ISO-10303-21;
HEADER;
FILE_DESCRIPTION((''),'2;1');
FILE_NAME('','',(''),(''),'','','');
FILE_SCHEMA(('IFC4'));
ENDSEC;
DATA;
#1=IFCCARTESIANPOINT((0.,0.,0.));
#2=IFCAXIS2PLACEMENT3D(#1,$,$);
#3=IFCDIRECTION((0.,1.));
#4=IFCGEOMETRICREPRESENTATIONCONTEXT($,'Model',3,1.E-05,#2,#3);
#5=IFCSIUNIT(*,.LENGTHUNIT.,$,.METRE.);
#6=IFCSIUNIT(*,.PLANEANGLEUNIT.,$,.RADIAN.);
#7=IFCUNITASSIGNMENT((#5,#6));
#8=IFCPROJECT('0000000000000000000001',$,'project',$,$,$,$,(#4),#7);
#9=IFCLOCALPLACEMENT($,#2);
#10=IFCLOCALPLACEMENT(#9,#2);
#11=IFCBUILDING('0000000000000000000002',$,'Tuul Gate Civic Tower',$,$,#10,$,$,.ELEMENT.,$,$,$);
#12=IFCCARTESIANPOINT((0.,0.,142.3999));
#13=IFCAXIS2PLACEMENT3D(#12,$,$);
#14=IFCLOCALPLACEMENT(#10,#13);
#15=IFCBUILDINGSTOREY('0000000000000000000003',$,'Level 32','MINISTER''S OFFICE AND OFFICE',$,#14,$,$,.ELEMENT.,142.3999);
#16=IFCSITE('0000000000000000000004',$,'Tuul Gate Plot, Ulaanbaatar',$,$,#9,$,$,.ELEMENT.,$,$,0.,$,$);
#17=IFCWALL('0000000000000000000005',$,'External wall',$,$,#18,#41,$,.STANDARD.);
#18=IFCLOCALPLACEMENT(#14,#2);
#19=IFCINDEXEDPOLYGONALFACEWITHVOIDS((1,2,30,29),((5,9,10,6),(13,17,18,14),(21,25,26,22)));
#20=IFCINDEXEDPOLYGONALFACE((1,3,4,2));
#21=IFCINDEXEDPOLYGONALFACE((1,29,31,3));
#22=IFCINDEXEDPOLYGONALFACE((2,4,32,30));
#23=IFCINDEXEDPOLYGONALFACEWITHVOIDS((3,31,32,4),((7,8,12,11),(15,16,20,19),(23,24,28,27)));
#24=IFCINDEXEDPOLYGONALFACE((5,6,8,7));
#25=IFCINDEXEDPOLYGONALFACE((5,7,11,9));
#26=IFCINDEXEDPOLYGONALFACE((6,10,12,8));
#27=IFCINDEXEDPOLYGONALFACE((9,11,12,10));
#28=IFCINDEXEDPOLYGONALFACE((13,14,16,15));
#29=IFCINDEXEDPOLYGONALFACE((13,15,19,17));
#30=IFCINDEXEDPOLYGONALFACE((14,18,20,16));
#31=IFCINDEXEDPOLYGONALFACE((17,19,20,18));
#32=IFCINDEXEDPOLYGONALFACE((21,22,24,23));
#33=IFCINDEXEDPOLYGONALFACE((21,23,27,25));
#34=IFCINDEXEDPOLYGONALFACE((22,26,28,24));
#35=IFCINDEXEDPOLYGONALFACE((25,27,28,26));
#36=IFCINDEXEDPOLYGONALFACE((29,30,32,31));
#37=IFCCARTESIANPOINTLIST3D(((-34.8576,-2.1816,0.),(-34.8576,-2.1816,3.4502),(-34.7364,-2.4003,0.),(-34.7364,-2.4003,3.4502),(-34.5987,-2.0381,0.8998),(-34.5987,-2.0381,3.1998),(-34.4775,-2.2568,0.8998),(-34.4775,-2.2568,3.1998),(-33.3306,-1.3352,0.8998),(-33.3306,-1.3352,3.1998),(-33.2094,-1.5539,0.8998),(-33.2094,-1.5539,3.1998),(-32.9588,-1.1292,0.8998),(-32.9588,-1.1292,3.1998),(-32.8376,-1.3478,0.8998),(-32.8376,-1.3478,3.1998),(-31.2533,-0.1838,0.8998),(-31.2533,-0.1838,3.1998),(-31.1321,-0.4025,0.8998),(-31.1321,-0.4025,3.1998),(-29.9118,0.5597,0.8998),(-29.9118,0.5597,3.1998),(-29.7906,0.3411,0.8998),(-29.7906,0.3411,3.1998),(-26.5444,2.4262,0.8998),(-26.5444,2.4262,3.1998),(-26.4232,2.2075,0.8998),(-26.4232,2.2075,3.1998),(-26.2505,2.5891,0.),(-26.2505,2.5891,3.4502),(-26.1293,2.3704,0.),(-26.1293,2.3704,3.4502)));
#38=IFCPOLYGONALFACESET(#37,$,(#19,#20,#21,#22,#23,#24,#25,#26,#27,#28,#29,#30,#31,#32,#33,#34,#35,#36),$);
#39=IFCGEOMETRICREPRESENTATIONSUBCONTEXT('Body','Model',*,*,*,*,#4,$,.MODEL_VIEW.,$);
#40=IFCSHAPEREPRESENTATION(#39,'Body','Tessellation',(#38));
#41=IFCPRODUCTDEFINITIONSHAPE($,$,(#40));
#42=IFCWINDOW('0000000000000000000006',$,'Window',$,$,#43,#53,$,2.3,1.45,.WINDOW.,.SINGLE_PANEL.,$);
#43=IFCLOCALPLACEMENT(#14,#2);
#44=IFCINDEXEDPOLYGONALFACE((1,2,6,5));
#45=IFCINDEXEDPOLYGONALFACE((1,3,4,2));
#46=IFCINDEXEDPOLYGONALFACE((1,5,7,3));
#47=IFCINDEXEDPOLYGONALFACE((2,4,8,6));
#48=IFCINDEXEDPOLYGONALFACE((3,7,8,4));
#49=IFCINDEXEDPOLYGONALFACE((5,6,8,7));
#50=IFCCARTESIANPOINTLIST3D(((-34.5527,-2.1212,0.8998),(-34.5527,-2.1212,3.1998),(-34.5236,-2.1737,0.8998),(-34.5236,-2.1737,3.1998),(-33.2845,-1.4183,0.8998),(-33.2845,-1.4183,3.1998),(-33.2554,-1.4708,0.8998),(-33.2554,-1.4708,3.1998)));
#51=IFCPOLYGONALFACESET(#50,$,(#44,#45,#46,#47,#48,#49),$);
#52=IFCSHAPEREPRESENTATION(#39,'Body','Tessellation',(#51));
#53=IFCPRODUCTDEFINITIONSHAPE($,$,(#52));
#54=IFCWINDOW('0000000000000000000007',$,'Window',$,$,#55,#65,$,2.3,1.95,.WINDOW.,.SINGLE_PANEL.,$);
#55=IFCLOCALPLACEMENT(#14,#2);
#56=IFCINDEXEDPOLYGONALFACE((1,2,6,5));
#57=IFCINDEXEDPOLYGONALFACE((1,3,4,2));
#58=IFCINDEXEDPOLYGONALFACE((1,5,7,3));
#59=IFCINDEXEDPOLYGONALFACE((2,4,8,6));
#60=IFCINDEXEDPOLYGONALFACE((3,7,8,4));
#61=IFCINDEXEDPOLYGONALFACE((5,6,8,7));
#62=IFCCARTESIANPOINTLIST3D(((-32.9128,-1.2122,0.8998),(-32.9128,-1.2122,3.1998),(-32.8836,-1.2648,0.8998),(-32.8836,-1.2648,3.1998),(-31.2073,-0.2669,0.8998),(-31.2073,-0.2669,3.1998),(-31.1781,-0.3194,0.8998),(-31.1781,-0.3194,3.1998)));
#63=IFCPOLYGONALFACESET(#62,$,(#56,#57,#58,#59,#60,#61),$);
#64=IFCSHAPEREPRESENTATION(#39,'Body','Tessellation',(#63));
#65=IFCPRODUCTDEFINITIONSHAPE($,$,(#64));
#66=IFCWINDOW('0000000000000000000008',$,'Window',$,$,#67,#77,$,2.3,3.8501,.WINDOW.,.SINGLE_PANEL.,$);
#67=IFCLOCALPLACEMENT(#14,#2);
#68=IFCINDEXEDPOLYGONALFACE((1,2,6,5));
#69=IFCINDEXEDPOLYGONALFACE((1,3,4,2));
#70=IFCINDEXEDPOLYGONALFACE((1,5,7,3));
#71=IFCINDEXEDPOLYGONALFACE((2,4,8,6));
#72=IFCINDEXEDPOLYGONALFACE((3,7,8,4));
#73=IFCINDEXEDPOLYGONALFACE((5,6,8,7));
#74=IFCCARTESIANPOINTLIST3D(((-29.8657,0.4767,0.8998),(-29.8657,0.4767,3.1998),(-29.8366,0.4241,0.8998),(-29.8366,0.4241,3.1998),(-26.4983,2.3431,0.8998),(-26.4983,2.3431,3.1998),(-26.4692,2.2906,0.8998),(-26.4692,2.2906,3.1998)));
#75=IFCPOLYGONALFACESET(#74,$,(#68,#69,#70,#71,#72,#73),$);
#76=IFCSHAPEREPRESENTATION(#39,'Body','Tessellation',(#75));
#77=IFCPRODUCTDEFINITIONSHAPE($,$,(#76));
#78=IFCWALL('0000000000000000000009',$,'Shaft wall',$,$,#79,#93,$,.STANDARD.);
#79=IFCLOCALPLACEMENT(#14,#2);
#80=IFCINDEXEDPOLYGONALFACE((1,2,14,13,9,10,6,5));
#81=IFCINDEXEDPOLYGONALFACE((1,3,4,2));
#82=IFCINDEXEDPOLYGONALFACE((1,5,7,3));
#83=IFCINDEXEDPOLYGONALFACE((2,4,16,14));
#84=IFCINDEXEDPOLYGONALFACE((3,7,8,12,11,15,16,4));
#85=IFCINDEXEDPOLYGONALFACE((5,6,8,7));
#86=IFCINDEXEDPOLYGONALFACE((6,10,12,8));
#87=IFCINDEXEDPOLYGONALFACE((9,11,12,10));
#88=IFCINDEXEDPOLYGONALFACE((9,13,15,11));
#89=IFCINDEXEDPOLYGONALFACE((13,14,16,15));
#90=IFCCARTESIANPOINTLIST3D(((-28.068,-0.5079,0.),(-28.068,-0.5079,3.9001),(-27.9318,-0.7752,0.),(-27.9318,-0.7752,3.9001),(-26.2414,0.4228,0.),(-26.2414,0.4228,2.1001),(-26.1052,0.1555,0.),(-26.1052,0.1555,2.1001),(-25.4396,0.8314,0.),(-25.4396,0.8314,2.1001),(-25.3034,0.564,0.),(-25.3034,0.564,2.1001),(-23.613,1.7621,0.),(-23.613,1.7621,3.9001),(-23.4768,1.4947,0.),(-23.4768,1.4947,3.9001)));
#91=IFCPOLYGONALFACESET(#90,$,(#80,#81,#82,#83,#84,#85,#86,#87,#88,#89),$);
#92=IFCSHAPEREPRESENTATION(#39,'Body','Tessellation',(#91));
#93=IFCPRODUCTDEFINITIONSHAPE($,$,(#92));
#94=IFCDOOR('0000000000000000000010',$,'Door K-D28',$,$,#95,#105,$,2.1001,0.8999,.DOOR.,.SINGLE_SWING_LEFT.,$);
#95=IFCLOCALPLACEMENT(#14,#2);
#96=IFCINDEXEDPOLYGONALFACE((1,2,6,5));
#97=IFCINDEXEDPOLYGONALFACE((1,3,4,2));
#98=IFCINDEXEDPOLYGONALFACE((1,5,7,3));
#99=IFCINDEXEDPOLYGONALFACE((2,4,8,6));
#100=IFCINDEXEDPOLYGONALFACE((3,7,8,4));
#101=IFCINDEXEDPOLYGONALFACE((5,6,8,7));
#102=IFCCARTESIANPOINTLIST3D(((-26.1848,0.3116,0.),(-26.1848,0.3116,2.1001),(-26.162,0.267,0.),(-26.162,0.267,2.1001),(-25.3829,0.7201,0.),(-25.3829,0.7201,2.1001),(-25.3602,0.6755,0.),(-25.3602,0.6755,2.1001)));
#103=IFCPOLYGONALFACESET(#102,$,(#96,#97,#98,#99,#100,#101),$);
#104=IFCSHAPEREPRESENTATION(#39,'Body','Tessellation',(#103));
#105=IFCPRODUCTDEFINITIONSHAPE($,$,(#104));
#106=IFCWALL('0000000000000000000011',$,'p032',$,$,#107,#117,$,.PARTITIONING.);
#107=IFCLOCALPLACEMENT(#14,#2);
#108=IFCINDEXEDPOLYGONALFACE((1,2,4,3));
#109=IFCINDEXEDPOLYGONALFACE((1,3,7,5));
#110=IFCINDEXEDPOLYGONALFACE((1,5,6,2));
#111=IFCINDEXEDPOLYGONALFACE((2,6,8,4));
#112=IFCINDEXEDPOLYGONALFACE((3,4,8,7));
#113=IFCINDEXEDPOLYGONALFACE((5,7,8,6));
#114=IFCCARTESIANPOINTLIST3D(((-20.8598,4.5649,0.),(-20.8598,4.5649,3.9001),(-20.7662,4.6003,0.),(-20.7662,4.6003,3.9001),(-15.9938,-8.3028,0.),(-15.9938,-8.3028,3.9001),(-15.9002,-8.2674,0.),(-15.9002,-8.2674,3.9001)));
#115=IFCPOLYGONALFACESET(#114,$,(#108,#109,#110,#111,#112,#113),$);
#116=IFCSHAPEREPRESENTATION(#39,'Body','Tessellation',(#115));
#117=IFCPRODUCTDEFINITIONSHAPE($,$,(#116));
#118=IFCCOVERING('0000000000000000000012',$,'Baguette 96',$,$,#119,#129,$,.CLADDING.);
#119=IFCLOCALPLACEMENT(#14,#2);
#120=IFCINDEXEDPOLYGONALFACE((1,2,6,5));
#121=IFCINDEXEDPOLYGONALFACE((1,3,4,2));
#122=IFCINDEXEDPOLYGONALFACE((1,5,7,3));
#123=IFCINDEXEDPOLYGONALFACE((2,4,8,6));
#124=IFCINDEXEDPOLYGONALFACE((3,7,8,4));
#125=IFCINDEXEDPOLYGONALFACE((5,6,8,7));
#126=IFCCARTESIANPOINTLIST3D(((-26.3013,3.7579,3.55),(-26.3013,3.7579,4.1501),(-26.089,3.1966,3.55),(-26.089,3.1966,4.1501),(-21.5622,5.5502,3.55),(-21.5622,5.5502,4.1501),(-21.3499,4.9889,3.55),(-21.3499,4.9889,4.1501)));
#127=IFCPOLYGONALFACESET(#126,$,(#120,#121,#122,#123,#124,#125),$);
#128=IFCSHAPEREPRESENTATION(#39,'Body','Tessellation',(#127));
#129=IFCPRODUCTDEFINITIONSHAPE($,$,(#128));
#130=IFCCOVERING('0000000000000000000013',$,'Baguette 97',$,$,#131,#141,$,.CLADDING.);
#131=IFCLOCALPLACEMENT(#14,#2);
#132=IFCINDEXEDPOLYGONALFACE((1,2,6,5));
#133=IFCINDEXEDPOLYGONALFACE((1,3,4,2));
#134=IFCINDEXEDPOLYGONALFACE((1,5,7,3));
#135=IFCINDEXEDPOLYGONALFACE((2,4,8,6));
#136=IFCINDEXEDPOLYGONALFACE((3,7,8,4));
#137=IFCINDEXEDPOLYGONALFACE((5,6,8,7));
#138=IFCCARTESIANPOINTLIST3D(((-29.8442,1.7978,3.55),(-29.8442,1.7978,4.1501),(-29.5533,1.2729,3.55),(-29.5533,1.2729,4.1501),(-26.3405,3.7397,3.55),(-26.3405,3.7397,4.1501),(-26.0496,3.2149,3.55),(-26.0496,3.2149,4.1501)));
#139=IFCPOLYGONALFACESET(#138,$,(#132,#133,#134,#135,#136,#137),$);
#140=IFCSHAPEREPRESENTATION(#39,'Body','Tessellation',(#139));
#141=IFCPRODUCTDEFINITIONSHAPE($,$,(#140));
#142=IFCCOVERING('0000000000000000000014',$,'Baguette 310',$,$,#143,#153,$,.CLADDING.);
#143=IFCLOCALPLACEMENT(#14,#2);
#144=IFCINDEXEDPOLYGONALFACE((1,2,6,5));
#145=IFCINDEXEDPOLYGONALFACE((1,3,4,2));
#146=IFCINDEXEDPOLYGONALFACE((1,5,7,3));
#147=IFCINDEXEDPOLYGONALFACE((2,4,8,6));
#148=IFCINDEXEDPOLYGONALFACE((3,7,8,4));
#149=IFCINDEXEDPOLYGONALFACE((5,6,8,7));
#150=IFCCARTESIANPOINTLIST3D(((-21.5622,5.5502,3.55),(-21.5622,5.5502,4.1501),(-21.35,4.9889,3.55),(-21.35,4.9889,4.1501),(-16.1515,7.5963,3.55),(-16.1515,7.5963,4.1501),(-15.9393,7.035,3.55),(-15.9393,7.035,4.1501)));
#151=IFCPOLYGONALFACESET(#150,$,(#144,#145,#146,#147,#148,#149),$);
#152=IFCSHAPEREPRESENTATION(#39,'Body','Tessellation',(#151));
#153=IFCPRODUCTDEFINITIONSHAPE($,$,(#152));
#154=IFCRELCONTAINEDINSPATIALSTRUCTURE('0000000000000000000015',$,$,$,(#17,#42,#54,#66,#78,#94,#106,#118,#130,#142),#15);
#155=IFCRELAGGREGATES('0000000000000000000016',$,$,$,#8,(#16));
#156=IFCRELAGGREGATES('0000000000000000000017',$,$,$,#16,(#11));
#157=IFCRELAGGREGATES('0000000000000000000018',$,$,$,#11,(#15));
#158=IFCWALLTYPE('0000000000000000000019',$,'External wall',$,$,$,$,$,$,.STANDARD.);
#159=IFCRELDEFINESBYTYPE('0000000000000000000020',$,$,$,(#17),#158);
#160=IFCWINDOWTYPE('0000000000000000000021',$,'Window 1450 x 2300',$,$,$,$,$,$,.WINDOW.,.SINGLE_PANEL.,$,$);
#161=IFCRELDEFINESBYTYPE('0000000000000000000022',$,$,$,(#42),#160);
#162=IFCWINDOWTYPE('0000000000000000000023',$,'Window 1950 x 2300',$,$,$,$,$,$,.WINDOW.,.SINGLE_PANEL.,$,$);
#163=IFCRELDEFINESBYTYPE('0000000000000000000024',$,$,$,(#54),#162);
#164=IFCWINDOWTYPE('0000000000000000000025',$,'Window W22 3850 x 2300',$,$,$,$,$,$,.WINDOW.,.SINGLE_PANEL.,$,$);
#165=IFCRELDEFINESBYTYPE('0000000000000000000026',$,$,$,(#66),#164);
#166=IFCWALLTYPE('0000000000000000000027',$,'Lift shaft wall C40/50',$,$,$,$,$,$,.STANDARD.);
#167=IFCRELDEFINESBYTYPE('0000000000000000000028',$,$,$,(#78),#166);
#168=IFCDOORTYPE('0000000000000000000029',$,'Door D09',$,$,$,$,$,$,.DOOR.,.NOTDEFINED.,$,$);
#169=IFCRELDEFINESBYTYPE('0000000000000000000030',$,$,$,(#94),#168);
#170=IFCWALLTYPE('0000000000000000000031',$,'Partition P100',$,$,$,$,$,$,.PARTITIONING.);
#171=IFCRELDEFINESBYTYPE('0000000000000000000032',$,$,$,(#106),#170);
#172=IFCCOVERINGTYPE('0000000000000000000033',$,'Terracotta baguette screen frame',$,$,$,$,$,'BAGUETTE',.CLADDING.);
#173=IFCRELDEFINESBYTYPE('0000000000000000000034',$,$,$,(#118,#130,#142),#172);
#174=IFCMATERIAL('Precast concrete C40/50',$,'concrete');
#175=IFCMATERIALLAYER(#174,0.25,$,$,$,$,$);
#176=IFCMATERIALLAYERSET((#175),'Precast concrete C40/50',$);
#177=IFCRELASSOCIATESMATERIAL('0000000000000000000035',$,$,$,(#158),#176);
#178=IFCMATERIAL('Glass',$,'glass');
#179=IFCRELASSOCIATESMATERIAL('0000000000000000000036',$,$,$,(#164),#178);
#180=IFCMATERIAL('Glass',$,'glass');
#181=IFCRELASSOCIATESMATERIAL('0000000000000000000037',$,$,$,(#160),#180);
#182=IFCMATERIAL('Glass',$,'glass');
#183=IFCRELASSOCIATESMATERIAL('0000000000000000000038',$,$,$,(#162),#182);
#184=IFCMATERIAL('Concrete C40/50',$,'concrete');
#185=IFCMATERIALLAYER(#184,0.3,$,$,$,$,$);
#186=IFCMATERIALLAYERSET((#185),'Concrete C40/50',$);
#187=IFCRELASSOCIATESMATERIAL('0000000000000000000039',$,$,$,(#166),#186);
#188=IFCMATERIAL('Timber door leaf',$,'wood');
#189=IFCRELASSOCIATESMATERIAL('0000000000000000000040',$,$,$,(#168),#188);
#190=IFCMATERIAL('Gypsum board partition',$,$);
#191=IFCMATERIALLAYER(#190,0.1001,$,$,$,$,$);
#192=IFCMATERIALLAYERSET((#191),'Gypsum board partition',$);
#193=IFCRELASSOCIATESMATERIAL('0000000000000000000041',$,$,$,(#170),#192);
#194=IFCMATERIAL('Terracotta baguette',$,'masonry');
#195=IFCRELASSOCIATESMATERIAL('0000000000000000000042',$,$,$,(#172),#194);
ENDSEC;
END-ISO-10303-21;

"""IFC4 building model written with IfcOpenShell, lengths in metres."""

from ifc_helpers import new_model, si_unit, direction, frame, frame_2d, origin, origin_2d, place, context, subcontext, project, spatial, rectangle, extrude, material, layer, layer_set, material_profile, profile_set, type_object, element, fill, save


model = new_model("IFC4")

# Units and contexts
model_context = context("Model", 3, precision=1e-05, world=origin(), true_north=direction((0.0, 1.0)))
body_context = subcontext(model_context, "Body", "Model", "MODEL_VIEW")
ifc_project = project(units=[si_unit("LENGTHUNIT", "METRE"), si_unit("PLANEANGLEUNIT", "RADIAN")], contexts=[model_context])

# Site, building, storey
site_placement = place(None, origin())
site = spatial("IfcSite", under=ifc_project, at=site_placement, Name="Tuul Gate Plot, Ulaanbaatar", CompositionType="ELEMENT", RefElevation=0.0)
building_placement = place(site_placement, origin())
building = spatial("IfcBuilding", under=site, at=building_placement, Name="Tuul Gate Civic Tower", CompositionType="ELEMENT")
storey_placement = place(building_placement, frame((0.0, 0.0, 142.3999)))
storey = spatial("IfcBuildingStorey", under=building, at=storey_placement, Name="Level 32", Description="MINISTER'S OFFICE AND OFFICE", CompositionType="ELEMENT", Elevation=142.3999)

# Wall, openings, windows
ifc_material_1 = material(Name="Precast concrete C40/50", Category="concrete")
ifc_layer_1 = layer(ifc_material_1, 0.25)
ifc_layer_set_1 = layer_set([ifc_layer_1], Name="Precast concrete C40/50")
wall_type_1 = type_object("IfcWallType", Name="External wall", PredefinedType="STANDARD", material=ifc_layer_set_1)
ifc_material_2 = material(Name="Glass", Category="glass")
window_type_1 = type_object("IfcWindowType", Name="Window W22 3850 x 2300", PartitioningType="SINGLE_PANEL", PredefinedType="WINDOW", material=ifc_material_2)
wall_1_placement = place(storey_placement, frame((-26.1899, 2.4797, 0.0), z_axis=(0.0, 0.0, 1.0), x_axis=(-0.874632, -0.484787, 0.0)))
wall_1 = element("IfcWall", 1, at=wall_1_placement, inside=storey, type_object=wall_type_1, Name="External wall", PredefinedType="STANDARD", context=body_context, shape_type="SweptSolid", body=[
    extrude(rectangle(XDim=9.8408, YDim=0.25, at=frame_2d((4.9204, 0.0))), origin(), (0.0, 0.0, 1.0), 3.4502),
])
opening_1_placement = place(wall_1_placement, frame((0.3359, 0.0, 0.8999)))
opening_1 = element("IfcOpeningElement", 2, at=opening_1_placement, cuts=wall_1, PredefinedType="OPENING", context=body_context, shape_type="SweptSolid", body=[
    extrude(rectangle(XDim=3.8501, YDim=2.3, at=frame_2d((1.925, 1.1499))), frame((0.0, 0.135, 0.0), z_axis=(0.0, -1.0, 0.0), x_axis=(1.0, 0.0, 0.0)), (0.0, 0.0, 1.0), 0.27),
])
opening_2_placement = place(wall_1_placement, frame((5.7197, 0.0, 0.8999)))
opening_2 = element("IfcOpeningElement", 3, at=opening_2_placement, cuts=wall_1, PredefinedType="OPENING", context=body_context, shape_type="SweptSolid", body=[
    extrude(rectangle(XDim=1.95, YDim=2.3, at=frame_2d((0.9751, 1.1499))), frame((0.0, 0.135, 0.0), z_axis=(0.0, -1.0, 0.0), x_axis=(1.0, 0.0, 0.0)), (0.0, 0.0, 1.0), 0.27),
])
opening_3_placement = place(wall_1_placement, frame((8.0947, 0.0, 0.8999)))
opening_3 = element("IfcOpeningElement", 4, at=opening_3_placement, cuts=wall_1, PredefinedType="OPENING", context=body_context, shape_type="SweptSolid", body=[
    extrude(rectangle(XDim=1.45, YDim=2.3, at=frame_2d((0.7251, 1.1499))), frame((0.0, 0.135, 0.0), z_axis=(0.0, -1.0, 0.0), x_axis=(1.0, 0.0, 0.0)), (0.0, 0.0, 1.0), 0.27),
])
ifc_material_3 = material(Name="Glass", Category="glass")
window_type_2 = type_object("IfcWindowType", Name="Window 1450 x 2300", PartitioningType="SINGLE_PANEL", PredefinedType="WINDOW", material=ifc_material_3)
window_1_placement = place(opening_3_placement, origin())
window_1 = element("IfcWindow", 5, at=window_1_placement, inside=storey, type_object=window_type_2, Name="Window", OverallHeight=2.3, OverallWidth=1.45, PartitioningType="SINGLE_PANEL", PredefinedType="WINDOW", context=body_context, shape_type="SweptSolid", body=[
    extrude(rectangle(XDim=1.45, YDim=2.3, at=frame_2d((0.7251, 1.1499))), frame((0.0, 0.03, 0.0), z_axis=(0.0, -1.0, 0.0), x_axis=(1.0, 0.0, 0.0)), (0.0, 0.0, 1.0), 0.0601),
])
fill(opening_3, window_1)
ifc_material_4 = material(Name="Glass", Category="glass")
window_type_3 = type_object("IfcWindowType", Name="Window 1950 x 2300", PartitioningType="SINGLE_PANEL", PredefinedType="WINDOW", material=ifc_material_4)
window_2_placement = place(opening_2_placement, origin())
window_2 = element("IfcWindow", 6, at=window_2_placement, inside=storey, type_object=window_type_3, Name="Window", OverallHeight=2.3, OverallWidth=1.95, PartitioningType="SINGLE_PANEL", PredefinedType="WINDOW", context=body_context, shape_type="SweptSolid", body=[
    extrude(rectangle(XDim=1.95, YDim=2.3, at=frame_2d((0.9751, 1.1499))), frame((0.0, 0.03, 0.0), z_axis=(0.0, -1.0, 0.0), x_axis=(1.0, 0.0, 0.0)), (0.0, 0.0, 1.0), 0.0601),
])
fill(opening_2, window_2)
window_3_placement = place(opening_1_placement, origin())
window_3 = element("IfcWindow", 7, at=window_3_placement, inside=storey, type_object=window_type_1, Name="Window", OverallHeight=2.3, OverallWidth=3.8501, PartitioningType="SINGLE_PANEL", PredefinedType="WINDOW", context=body_context, shape_type="SweptSolid", body=[
    extrude(rectangle(XDim=3.8501, YDim=2.3, at=frame_2d((1.925, 1.1499))), frame((0.0, 0.03, 0.0), z_axis=(0.0, -1.0, 0.0), x_axis=(1.0, 0.0, 0.0)), (0.0, 0.0, 1.0), 0.0601),
])
fill(opening_1, window_3)

# Wall, opening, door
ifc_material_5 = material(Name="Concrete C40/50", Category="concrete")
ifc_layer_2 = layer(ifc_material_5, 0.3)
ifc_layer_set_2 = layer_set([ifc_layer_2], Name="Concrete C40/50")
wall_type_2 = type_object("IfcWallType", Name="Lift shaft wall C40/50", PredefinedType="STANDARD", material=ifc_layer_set_2)
wall_2_placement = place(storey_placement, frame((-23.5449, 1.6284, 0.0), z_axis=(0.0, 0.0, 1.0), x_axis=(-0.891003, -0.453997, 0.0)))
wall_2 = element("IfcWall", 8, at=wall_2_placement, inside=storey, type_object=wall_type_2, Name="Shaft wall", PredefinedType="STANDARD", context=body_context, shape_type="SweptSolid", body=[
    extrude(rectangle(XDim=5.0, YDim=0.3, at=frame_2d((2.5, 0.0))), origin(), (0.0, 0.0, 1.0), 3.9001),
])
opening_4_placement = place(wall_2_placement, frame((2.05, 0.0, 0.0)))
opening_4 = element("IfcOpeningElement", 9, at=opening_4_placement, cuts=wall_2, PredefinedType="OPENING", context=body_context, shape_type="SweptSolid", body=[
    extrude(rectangle(XDim=0.8999, YDim=2.1001, at=frame_2d((0.45, 1.05))), frame((0.0, 0.1602, 0.0), z_axis=(0.0, -1.0, 0.0), x_axis=(1.0, 0.0, 0.0)), (0.0, 0.0, 1.0), 0.3201),
])
ifc_material_6 = material(Name="Timber door leaf", Category="wood")
door_type_1 = type_object("IfcDoorType", Name="Door D09", OperationType="NOTDEFINED", PredefinedType="DOOR", material=ifc_material_6)
door_1_placement = place(opening_4_placement, origin())
door_1 = element("IfcDoor", 10, at=door_1_placement, inside=storey, type_object=door_type_1, Name="Door K-D28", OperationType="SINGLE_SWING_LEFT", OverallHeight=2.1001, OverallWidth=0.8999, PredefinedType="DOOR", context=body_context, shape_type="SweptSolid", body=[
    extrude(rectangle(XDim=0.8999, YDim=2.1001, at=frame_2d((0.45, 1.05))), frame((0.0, 0.0249, 0.0), z_axis=(0.0, -1.0, 0.0), x_axis=(1.0, 0.0, 0.0)), (0.0, 0.0, 1.0), 0.05),
])
fill(opening_4, door_1)

# Wall
ifc_material_7 = material(Name="Gypsum board partition")
ifc_layer_3 = layer(ifc_material_7, 0.1001)
ifc_layer_set_3 = layer_set([ifc_layer_3], Name="Gypsum board partition")
wall_type_3 = type_object("IfcWallType", Name="Partition P100", PredefinedType="PARTITIONING", material=ifc_layer_set_3)
wall_3_placement = place(storey_placement, frame((-20.813, 4.5825, 0.0), z_axis=(0.0, 0.0, 1.0), x_axis=(0.353709, -0.935356, 0.0)))
element("IfcWall", 11, at=wall_3_placement, inside=storey, type_object=wall_type_3, Name="p032", PredefinedType="PARTITIONING", context=body_context, shape_type="SweptSolid", body=[
    extrude(rectangle(XDim=13.7571, YDim=0.1001, at=frame_2d((6.8784, 0.0))), origin(), (0.0, 0.0, 1.0), 3.9001),
])

# Coverings
ifc_material_8 = material(Name="Terracotta baguette", Category="masonry")
ifc_material_profile_1 = material_profile(ifc_material_8, rectangle(XDim=0.6001, YDim=0.6001, at=origin_2d()), Name="Terracotta baguette screen frame")
ifc_profile_set_1 = profile_set([ifc_material_profile_1], Name="Terracotta baguette")
covering_type = type_object("IfcCoveringType", Name="Terracotta baguette screen frame", ElementType="BAGUETTE", PredefinedType="CLADDING", material=ifc_profile_set_1)
covering_1_placement = place(storey_placement, frame((-21.4561, 5.2695, 3.8501), z_axis=(-0.935345, -0.353736, 0.0), x_axis=(0.353736, -0.935345, 0.0)))
element("IfcCovering", 12, at=covering_1_placement, inside=storey, type_object=covering_type, Name="Baguette 96", PredefinedType="CLADDING", context=body_context, shape_type="SweptSolid", body=[
    extrude(rectangle(XDim=0.6001, YDim=0.6001, at=origin_2d()), origin(), (0.0, 0.0, 1.0), 5.0667),
])
covering_2_placement = place(storey_placement, frame((-26.1951, 3.4773, 3.8501), z_axis=(-0.874643, -0.484768, 0.0), x_axis=(0.484768, -0.874643, 0.0)))
element("IfcCovering", 13, at=covering_2_placement, inside=storey, type_object=covering_type, Name="Baguette 97", PredefinedType="CLADDING", context=body_context, shape_type="SweptSolid", body=[
    extrude(rectangle(XDim=0.6001, YDim=0.6001, at=origin_2d()), origin(), (0.0, 0.0, 1.0), 4.0059),
])
covering_3_placement = place(storey_placement, frame((-16.0454, 7.3157, 3.8501), z_axis=(-0.935351, -0.353721, 0.0), x_axis=(0.353721, -0.935351, 0.0)))
element("IfcCovering", 14, at=covering_3_placement, inside=storey, type_object=covering_type, Name="Baguette 310", PredefinedType="CLADDING", context=body_context, shape_type="SweptSolid", body=[
    extrude(rectangle(XDim=0.6001, YDim=0.6001, at=origin_2d()), origin(), (0.0, 0.0, 1.0), 5.7847),
])

save(model, "model.ifc")
